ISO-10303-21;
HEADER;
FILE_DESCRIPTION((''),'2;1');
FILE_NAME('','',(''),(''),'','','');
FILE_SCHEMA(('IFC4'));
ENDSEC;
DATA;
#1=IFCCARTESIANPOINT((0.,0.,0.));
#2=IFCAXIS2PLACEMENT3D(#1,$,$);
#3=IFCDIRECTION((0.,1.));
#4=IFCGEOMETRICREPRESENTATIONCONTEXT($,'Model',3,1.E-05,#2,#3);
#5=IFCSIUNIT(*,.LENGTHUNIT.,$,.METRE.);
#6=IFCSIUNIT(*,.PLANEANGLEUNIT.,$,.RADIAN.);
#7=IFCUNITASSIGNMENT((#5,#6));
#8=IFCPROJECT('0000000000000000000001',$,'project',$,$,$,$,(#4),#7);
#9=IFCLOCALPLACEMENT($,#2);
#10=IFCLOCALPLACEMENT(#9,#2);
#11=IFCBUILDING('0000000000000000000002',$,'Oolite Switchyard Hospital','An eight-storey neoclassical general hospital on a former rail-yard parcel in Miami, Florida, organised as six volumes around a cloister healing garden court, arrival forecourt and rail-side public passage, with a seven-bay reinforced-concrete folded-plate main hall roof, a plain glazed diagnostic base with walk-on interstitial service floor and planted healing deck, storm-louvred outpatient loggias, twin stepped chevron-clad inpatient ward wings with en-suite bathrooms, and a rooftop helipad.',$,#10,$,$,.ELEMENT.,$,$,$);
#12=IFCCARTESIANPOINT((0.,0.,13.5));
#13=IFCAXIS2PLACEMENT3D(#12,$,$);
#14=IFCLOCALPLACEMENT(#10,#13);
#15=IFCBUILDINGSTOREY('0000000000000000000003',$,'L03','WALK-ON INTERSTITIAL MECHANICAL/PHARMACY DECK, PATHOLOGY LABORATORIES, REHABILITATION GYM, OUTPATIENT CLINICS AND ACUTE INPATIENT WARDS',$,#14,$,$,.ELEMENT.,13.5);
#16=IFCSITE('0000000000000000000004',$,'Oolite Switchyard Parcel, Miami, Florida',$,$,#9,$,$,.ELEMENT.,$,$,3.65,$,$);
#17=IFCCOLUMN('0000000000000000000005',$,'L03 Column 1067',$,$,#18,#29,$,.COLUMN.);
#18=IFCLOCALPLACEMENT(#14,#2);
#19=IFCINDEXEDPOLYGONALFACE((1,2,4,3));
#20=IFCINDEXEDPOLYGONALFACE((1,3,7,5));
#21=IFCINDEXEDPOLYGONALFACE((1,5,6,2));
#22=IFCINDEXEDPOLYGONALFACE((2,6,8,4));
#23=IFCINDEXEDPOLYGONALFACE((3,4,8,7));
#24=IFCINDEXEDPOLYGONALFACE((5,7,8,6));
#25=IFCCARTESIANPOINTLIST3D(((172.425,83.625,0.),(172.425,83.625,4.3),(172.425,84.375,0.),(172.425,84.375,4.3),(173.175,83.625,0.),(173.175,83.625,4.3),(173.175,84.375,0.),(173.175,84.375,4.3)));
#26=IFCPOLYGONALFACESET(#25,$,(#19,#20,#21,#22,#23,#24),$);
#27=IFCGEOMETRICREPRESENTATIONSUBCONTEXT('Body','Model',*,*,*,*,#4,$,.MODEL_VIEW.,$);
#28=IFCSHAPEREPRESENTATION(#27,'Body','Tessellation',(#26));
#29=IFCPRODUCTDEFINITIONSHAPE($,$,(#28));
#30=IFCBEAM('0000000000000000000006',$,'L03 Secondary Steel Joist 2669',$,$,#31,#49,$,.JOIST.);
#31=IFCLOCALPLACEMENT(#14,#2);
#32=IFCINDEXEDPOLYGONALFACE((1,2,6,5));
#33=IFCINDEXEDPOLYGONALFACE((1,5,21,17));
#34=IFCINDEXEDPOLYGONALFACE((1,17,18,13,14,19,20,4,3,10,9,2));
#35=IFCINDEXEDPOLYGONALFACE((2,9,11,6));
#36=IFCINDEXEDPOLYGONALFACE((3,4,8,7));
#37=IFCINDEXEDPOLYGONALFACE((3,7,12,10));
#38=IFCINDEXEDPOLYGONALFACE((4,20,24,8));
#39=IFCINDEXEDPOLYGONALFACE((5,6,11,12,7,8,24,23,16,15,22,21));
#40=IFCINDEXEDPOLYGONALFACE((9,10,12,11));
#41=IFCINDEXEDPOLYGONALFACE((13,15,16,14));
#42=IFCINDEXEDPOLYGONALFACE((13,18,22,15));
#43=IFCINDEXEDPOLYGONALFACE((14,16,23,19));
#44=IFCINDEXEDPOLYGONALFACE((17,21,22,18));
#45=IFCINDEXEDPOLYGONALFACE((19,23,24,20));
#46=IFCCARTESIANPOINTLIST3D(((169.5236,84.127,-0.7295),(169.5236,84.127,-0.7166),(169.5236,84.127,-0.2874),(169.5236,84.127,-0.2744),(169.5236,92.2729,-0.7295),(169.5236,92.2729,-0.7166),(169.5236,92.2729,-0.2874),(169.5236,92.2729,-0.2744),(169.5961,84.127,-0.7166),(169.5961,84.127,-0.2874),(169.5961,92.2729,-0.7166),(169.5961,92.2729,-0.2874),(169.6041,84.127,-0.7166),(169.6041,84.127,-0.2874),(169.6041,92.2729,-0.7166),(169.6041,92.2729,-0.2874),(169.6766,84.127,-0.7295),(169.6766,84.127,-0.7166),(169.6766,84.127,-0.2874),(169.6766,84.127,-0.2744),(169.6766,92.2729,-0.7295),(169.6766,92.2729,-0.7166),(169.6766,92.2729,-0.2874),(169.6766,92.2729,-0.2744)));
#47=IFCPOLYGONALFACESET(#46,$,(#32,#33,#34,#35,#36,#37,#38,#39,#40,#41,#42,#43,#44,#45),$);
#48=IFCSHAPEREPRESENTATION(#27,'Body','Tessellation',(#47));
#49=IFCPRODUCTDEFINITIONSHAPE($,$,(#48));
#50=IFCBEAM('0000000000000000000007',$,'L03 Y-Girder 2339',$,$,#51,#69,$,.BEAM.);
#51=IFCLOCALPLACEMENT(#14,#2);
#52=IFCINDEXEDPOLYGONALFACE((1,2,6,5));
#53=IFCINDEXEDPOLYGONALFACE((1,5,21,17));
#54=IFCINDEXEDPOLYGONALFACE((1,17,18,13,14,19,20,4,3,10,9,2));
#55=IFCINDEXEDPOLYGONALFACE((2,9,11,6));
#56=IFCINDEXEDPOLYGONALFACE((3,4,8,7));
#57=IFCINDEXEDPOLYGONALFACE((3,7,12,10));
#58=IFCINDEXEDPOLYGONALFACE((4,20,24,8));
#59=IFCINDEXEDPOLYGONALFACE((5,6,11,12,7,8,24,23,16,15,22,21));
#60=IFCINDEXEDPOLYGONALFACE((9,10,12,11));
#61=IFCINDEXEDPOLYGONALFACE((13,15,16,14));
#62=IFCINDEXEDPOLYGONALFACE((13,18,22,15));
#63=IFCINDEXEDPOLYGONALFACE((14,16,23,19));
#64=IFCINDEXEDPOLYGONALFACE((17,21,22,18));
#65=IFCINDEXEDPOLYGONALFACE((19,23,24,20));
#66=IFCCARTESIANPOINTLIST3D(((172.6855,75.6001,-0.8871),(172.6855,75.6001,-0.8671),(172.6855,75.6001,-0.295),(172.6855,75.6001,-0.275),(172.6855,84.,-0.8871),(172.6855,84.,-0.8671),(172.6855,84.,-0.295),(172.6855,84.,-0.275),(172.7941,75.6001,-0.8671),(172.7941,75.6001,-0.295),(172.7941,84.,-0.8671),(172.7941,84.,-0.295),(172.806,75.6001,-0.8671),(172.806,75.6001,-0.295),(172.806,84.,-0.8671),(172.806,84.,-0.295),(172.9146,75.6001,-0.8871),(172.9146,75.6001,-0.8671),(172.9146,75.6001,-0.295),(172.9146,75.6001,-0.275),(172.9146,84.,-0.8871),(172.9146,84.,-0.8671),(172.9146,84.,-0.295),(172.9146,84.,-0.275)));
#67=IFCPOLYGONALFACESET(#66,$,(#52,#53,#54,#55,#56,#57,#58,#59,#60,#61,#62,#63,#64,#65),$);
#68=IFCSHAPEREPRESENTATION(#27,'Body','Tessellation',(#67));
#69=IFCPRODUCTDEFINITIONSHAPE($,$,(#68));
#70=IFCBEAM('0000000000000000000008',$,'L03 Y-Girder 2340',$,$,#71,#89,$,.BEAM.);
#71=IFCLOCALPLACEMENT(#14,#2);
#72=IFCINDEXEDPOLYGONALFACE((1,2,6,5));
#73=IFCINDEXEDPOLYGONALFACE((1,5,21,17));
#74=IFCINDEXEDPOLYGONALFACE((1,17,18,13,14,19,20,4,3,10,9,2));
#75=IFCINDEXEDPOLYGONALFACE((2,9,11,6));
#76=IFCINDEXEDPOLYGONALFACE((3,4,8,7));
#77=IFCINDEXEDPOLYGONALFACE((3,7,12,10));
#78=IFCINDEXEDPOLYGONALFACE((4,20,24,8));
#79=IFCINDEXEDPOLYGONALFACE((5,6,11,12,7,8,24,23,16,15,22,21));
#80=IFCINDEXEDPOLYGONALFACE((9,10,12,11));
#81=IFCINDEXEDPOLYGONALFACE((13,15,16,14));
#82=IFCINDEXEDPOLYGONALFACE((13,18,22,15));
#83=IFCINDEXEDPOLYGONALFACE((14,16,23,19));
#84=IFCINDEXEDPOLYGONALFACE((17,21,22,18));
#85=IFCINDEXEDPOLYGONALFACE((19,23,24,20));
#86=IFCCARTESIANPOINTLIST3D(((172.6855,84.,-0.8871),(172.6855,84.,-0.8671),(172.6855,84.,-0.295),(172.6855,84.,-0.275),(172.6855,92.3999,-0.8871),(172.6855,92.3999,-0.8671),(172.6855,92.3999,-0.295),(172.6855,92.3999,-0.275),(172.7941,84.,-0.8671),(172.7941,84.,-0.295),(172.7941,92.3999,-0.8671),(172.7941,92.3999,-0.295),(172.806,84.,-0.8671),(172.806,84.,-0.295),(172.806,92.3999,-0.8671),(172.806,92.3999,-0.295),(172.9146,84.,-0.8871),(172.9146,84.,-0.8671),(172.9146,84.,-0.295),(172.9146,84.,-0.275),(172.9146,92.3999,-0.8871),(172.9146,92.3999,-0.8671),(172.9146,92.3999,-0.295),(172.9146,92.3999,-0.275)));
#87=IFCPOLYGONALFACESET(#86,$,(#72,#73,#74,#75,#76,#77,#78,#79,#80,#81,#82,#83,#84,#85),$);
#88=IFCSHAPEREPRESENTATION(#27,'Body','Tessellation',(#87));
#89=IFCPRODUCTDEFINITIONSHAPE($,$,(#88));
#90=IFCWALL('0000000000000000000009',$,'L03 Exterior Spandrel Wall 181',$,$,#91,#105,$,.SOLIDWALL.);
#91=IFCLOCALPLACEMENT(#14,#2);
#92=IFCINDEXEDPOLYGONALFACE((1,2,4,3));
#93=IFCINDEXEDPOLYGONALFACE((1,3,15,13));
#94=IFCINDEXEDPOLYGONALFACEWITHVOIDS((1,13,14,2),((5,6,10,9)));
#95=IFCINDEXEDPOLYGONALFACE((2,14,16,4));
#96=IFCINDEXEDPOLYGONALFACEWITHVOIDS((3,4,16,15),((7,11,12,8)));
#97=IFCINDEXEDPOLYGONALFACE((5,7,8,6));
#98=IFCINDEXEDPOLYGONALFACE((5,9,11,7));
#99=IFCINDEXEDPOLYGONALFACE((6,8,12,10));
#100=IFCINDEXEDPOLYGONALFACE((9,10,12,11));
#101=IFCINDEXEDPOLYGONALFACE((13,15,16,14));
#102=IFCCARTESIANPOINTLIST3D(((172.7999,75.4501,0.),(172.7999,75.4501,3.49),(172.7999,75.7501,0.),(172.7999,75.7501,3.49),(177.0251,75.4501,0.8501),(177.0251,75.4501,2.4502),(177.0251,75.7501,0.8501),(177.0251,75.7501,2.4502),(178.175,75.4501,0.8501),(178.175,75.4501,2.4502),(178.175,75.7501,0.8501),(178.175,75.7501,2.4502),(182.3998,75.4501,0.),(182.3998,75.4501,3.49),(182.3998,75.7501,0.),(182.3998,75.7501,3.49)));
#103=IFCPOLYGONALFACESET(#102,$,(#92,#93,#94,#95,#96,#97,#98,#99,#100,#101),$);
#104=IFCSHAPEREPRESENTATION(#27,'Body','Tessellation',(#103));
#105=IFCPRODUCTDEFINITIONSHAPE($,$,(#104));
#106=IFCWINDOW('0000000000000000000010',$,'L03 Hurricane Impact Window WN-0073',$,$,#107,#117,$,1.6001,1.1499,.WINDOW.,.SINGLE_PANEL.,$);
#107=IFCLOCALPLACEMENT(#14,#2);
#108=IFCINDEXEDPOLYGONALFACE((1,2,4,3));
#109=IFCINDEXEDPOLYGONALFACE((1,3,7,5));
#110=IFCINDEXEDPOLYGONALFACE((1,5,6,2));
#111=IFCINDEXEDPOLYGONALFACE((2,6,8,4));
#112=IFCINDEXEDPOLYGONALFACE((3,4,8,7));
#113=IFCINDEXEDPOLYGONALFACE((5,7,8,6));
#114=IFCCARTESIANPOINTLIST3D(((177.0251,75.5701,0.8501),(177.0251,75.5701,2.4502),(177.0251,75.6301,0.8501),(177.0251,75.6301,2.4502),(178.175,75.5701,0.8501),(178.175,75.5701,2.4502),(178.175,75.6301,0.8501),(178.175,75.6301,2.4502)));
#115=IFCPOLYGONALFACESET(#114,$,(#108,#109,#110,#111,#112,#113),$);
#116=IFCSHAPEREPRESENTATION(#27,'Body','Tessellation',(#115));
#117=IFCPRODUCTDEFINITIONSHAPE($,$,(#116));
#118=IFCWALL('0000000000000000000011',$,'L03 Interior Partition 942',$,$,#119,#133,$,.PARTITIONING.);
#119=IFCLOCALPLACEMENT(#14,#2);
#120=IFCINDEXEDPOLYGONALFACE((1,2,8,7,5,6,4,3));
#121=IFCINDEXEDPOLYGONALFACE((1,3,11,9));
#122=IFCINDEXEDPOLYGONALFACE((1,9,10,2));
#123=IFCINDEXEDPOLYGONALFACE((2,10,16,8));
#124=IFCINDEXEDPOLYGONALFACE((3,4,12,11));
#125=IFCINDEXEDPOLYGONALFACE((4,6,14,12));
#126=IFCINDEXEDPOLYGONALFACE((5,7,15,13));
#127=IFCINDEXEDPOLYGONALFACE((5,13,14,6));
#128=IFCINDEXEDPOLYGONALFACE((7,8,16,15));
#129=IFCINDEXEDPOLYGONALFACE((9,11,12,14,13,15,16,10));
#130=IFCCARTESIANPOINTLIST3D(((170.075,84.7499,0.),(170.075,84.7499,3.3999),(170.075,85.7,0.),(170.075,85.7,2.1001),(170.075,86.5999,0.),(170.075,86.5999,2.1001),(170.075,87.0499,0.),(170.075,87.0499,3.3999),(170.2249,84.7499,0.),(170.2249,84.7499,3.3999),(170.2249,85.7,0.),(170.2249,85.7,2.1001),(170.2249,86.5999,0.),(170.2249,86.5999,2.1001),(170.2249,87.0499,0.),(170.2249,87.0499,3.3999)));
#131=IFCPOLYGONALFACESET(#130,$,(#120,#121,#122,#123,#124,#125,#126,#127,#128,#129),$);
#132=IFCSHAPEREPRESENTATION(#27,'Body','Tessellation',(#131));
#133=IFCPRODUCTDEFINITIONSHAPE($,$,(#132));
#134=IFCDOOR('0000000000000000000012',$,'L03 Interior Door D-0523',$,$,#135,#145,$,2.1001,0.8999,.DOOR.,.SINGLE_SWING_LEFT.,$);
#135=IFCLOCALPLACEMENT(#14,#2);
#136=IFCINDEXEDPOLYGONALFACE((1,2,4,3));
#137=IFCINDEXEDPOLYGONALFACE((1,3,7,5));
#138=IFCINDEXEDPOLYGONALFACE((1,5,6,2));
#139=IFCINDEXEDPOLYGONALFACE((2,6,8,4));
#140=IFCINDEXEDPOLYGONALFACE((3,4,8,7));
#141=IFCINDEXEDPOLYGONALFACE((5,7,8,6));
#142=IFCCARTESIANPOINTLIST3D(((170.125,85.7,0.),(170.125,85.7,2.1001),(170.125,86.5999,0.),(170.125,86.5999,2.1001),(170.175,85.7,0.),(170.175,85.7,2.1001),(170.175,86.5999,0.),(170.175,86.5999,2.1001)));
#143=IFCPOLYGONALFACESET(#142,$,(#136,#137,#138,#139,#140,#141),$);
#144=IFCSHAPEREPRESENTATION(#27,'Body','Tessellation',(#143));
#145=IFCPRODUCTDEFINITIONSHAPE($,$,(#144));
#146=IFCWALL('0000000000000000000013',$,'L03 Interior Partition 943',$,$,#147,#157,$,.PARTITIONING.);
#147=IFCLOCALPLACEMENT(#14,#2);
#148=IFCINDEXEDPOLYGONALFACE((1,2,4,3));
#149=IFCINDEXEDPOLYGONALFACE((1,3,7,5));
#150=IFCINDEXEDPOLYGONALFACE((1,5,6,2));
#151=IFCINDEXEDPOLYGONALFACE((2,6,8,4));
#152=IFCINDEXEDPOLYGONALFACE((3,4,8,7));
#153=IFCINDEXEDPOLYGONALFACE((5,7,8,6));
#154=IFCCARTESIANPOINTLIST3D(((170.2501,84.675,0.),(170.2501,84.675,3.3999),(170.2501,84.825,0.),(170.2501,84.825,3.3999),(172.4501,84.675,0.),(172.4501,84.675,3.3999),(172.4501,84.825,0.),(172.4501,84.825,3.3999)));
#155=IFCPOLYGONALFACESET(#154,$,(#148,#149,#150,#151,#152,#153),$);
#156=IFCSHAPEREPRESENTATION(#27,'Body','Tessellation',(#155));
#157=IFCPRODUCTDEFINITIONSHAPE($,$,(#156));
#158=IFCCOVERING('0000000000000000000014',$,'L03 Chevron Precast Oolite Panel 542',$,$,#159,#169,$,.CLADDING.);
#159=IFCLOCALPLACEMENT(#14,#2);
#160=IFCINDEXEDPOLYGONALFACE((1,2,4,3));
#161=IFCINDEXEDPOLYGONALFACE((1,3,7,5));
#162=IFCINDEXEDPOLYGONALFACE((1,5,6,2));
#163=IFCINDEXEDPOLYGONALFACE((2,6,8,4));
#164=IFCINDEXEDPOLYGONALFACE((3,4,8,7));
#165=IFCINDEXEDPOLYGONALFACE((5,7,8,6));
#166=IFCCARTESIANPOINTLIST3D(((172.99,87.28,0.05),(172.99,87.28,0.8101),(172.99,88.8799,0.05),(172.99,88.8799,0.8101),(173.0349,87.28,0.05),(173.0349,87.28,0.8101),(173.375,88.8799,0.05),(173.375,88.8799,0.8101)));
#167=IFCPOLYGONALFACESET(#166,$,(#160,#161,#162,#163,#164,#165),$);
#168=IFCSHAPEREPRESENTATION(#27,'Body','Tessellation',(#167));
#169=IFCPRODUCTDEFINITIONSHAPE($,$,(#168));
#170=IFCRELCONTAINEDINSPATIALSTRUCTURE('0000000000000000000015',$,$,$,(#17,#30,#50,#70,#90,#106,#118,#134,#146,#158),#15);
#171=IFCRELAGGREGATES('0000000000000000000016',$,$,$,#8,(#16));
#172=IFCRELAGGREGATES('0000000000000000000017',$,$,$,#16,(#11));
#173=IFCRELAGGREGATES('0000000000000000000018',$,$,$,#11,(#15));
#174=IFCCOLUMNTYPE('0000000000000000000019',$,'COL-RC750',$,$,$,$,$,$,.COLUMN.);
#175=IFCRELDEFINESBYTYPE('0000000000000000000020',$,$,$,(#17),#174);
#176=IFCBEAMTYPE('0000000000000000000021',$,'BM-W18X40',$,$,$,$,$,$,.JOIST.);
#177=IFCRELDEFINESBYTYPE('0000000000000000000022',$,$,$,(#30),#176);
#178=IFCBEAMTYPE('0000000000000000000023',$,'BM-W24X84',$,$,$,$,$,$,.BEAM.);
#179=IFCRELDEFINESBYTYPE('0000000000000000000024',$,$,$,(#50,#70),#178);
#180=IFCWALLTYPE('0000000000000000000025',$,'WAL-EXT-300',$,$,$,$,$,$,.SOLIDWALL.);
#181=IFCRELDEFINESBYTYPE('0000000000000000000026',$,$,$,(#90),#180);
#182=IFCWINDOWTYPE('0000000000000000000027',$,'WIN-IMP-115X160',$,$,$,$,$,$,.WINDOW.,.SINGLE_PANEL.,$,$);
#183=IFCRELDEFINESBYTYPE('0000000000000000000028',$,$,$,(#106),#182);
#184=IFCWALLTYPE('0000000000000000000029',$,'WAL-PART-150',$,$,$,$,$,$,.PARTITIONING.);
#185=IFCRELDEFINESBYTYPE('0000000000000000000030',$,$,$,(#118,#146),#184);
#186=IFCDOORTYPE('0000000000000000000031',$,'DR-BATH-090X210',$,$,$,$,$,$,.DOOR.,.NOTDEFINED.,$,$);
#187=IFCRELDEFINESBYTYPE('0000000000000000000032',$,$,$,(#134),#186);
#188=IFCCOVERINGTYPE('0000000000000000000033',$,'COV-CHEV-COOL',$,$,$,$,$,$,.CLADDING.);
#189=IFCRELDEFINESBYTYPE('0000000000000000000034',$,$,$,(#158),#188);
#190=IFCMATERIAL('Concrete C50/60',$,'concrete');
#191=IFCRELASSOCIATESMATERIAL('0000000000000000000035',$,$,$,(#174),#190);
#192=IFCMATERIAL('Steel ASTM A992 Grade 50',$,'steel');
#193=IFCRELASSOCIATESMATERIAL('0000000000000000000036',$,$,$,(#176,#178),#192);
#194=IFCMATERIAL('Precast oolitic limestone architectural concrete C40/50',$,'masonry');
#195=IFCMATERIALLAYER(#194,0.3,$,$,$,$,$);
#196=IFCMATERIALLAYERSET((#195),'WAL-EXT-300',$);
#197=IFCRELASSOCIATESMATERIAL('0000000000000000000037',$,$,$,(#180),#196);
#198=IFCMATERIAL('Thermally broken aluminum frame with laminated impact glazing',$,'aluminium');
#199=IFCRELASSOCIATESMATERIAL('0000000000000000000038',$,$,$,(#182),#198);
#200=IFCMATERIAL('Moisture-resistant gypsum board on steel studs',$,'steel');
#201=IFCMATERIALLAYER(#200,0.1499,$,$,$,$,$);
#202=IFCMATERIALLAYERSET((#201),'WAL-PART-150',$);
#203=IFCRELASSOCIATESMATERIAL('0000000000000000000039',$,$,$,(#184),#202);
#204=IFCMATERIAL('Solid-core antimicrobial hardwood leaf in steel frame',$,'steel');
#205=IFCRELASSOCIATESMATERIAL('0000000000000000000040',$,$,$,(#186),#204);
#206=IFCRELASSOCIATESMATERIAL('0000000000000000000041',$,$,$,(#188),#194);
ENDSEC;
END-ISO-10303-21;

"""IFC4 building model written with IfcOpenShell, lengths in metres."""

from ifc_helpers import new_model, si_unit, direction, frame, frame_2d, origin, origin_2d, place, context, subcontext, project, spatial, polyline, rectangle, i_section, outline, extrude, material, layer, layer_set, material_profile, profile_set, type_object, element, fill, save


model = new_model("IFC4")

# Units and contexts
model_context = context("Model", 3, precision=1e-05, world=origin(), true_north=direction((0.0, 1.0)))
body_context = subcontext(model_context, "Body", "Model", "MODEL_VIEW")
ifc_project = project(units=[si_unit("LENGTHUNIT", "METRE"), si_unit("PLANEANGLEUNIT", "RADIAN")], contexts=[model_context])

# Site, building, storey
site_placement = place(None, origin())
site = spatial("IfcSite", under=ifc_project, at=site_placement, Name="Oolite Switchyard Parcel, Miami, Florida", CompositionType="ELEMENT", RefElevation=3.65)
building_placement = place(site_placement, origin())
building = spatial("IfcBuilding", under=site, at=building_placement, Name="Oolite Switchyard Hospital", Description="An eight-storey neoclassical general hospital on a former rail-yard parcel in Miami, Florida, organised as six volumes around a cloister healing garden court, arrival forecourt and rail-side public passage, with a seven-bay reinforced-concrete folded-plate main hall roof, a plain glazed diagnostic base with walk-on interstitial service floor and planted healing deck, storm-louvred outpatient loggias, twin stepped chevron-clad inpatient ward wings with en-suite bathrooms, and a rooftop helipad.", CompositionType="ELEMENT")
storey_placement = place(building_placement, frame((0.0, 0.0, 13.5)))
storey = spatial("IfcBuildingStorey", under=building, at=storey_placement, Name="L03", Description="WALK-ON INTERSTITIAL MECHANICAL/PHARMACY DECK, PATHOLOGY LABORATORIES, REHABILITATION GYM, OUTPATIENT CLINICS AND ACUTE INPATIENT WARDS", CompositionType="ELEMENT", Elevation=13.5)

# Column
ifc_material_1 = material(Name="Concrete C50/60", Category="concrete")
ifc_material_profile_1 = material_profile(ifc_material_1, rectangle(XDim=0.75, YDim=0.75, at=origin_2d()), Name="RC750X750")
ifc_profile_set_1 = profile_set([ifc_material_profile_1], Name="Concrete C50/60")
column_type = type_object("IfcColumnType", Name="COL-RC750", PredefinedType="COLUMN", material=ifc_profile_set_1)
column_placement = place(storey_placement, frame((172.8, 84.0, 0.0), z_axis=(0.0, 0.0, 1.0), x_axis=(1.0, 0.0, 0.0)))
element("IfcColumn", 1, at=column_placement, inside=storey, type_object=column_type, Name="L03 Column 1067", PredefinedType="COLUMN", context=body_context, shape_type="SweptSolid", body=[
    extrude(rectangle(XDim=0.75, YDim=0.75, at=origin_2d()), origin(), (0.0, 0.0, 1.0), 4.3),
])

# Beams
ifc_material_2 = material(Name="Steel ASTM A992 Grade 50", Category="steel")
ifc_material_profile_2 = material_profile(ifc_material_2, i_section(OverallWidth=0.1531, OverallDepth=0.4551, WebThickness=0.0081, FlangeThickness=0.0129, at=origin_2d()), Name="W18X40")
ifc_profile_set_2 = profile_set([ifc_material_profile_2], Name="Steel ASTM A992 Grade 50")
beam_type_1 = type_object("IfcBeamType", Name="BM-W18X40", PredefinedType="JOIST", material=ifc_profile_set_2)
beam_placement = place(storey_placement, frame((169.6001, 84.127, -0.502), z_axis=(0.0, 1.0, 0.0), x_axis=(-1.0, 0.0, 0.0)))
element("IfcBeam", 2, at=beam_placement, inside=storey, type_object=beam_type_1, Name="L03 Secondary Steel Joist 2669", PredefinedType="JOIST", context=body_context, shape_type="SweptSolid", body=[
    extrude(i_section(OverallWidth=0.1531, OverallDepth=0.4551, WebThickness=0.0081, FlangeThickness=0.0129, at=origin_2d()), origin(), (0.0, 0.0, 1.0), 8.146),
])
ifc_material_profile_3 = material_profile(ifc_material_2, i_section(OverallWidth=0.229, OverallDepth=0.6121, WebThickness=0.012, FlangeThickness=0.02, at=origin_2d()), Name="W24X84")
ifc_profile_set_3 = profile_set([ifc_material_profile_3], Name="Steel ASTM A992 Grade 50")
beam_type_2 = type_object("IfcBeamType", Name="BM-W24X84", PredefinedType="BEAM", material=ifc_profile_set_3)
for number, where, z_axis, x_axis, name in (
    (3, (172.8, 75.6001, -0.5811), (0.0, 1.0, 0.0), (-1.0, 0.0, 0.0), "L03 Y-Girder 2339"),
    (4, (172.8, 84.0, -0.5811), (0.0, 1.0, 0.0), (-1.0, 0.0, 0.0), "L03 Y-Girder 2340"),
):
    element("IfcBeam", number, at=place(storey_placement, frame(where, z_axis=z_axis, x_axis=x_axis)), inside=storey, type_object=beam_type_2, Name=name, PredefinedType="BEAM", context=body_context, shape_type="SweptSolid", body=[
        extrude(i_section(OverallWidth=0.229, OverallDepth=0.6121, WebThickness=0.012, FlangeThickness=0.02, at=origin_2d()), origin(), (0.0, 0.0, 1.0), 8.3999),
    ])

# Wall, opening, window
ifc_material_3 = material(Name="Precast oolitic limestone architectural concrete C40/50", Category="masonry")
ifc_layer_1 = layer(ifc_material_3, 0.3)
ifc_layer_set_1 = layer_set([ifc_layer_1], Name="WAL-EXT-300")
wall_type_1 = type_object("IfcWallType", Name="WAL-EXT-300", PredefinedType="SOLIDWALL", material=ifc_layer_set_1)
wall_1_placement = place(storey_placement, frame((172.8, 75.6001, 0.0), z_axis=(0.0, 0.0, 1.0), x_axis=(1.0, 0.0, 0.0)))
wall_1 = element("IfcWall", 5, at=wall_1_placement, inside=storey, type_object=wall_type_1, Name="L03 Exterior Spandrel Wall 181", PredefinedType="SOLIDWALL", context=body_context, shape_type="SweptSolid", body=[
    extrude(rectangle(XDim=9.5999, YDim=0.3, at=frame_2d((4.7998, 0.0))), origin(), (0.0, 0.0, 1.0), 3.49),
])
opening_1_placement = place(wall_1_placement, frame((4.2251, 0.0, 0.8501)))
opening_1 = element("IfcOpeningElement", 6, at=opening_1_placement, cuts=wall_1, PredefinedType="OPENING", context=body_context, shape_type="SweptSolid", body=[
    extrude(rectangle(XDim=1.1499, YDim=1.6001, at=frame_2d((0.575, 0.8))), frame((0.0, 0.1602, 0.0), z_axis=(0.0, -1.0, 0.0), x_axis=(1.0, 0.0, 0.0)), (0.0, 0.0, 1.0), 0.3201),
])
ifc_material_4 = material(Name="Thermally broken aluminum frame with laminated impact glazing", Category="aluminium")
window_type = type_object("IfcWindowType", Name="WIN-IMP-115X160", PartitioningType="SINGLE_PANEL", PredefinedType="WINDOW", material=ifc_material_4)
window_placement = place(opening_1_placement, origin())
window = element("IfcWindow", 7, at=window_placement, inside=storey, type_object=window_type, Name="L03 Hurricane Impact Window WN-0073", OverallHeight=1.6001, OverallWidth=1.1499, PartitioningType="SINGLE_PANEL", PredefinedType="WINDOW", context=body_context, shape_type="SweptSolid", body=[
    extrude(rectangle(XDim=1.1499, YDim=1.6001, at=frame_2d((0.575, 0.8))), frame((0.0, 0.03, 0.0), z_axis=(0.0, -1.0, 0.0), x_axis=(1.0, 0.0, 0.0)), (0.0, 0.0, 1.0), 0.0601),
])
fill(opening_1, window)

# Wall, opening, door
ifc_material_5 = material(Name="Moisture-resistant gypsum board on steel studs", Category="steel")
ifc_layer_2 = layer(ifc_material_5, 0.1499)
ifc_layer_set_2 = layer_set([ifc_layer_2], Name="WAL-PART-150")
wall_type_2 = type_object("IfcWallType", Name="WAL-PART-150", PredefinedType="PARTITIONING", material=ifc_layer_set_2)
wall_2_placement = place(storey_placement, frame((170.1499, 84.75, 0.0), z_axis=(0.0, 0.0, 1.0), x_axis=(0.0, 1.0, 0.0)))
wall_2 = element("IfcWall", 8, at=wall_2_placement, inside=storey, type_object=wall_type_2, Name="L03 Interior Partition 942", PredefinedType="PARTITIONING", context=body_context, shape_type="SweptSolid", body=[
    extrude(rectangle(XDim=2.3, YDim=0.1499, at=frame_2d((1.1499, 0.0))), origin(), (0.0, 0.0, 1.0), 3.3999),
])
opening_2_placement = place(wall_2_placement, frame((0.95, 0.0, 0.0)))
opening_2 = element("IfcOpeningElement", 9, at=opening_2_placement, cuts=wall_2, PredefinedType="OPENING", context=body_context, shape_type="SweptSolid", body=[
    extrude(rectangle(XDim=0.8999, YDim=2.1001, at=frame_2d((0.45, 1.05))), frame((0.0, 0.085, 0.0), z_axis=(0.0, -1.0, 0.0), x_axis=(1.0, 0.0, 0.0)), (0.0, 0.0, 1.0), 0.1699),
])
ifc_material_6 = material(Name="Solid-core antimicrobial hardwood leaf in steel frame", Category="steel")
door_type = type_object("IfcDoorType", Name="DR-BATH-090X210", OperationType="NOTDEFINED", PredefinedType="DOOR", material=ifc_material_6)
door_placement = place(opening_2_placement, origin())
door = element("IfcDoor", 10, at=door_placement, inside=storey, type_object=door_type, Name="L03 Interior Door D-0523", OperationType="SINGLE_SWING_LEFT", OverallHeight=2.1001, OverallWidth=0.8999, PredefinedType="DOOR", context=body_context, shape_type="SweptSolid", body=[
    extrude(rectangle(XDim=0.8999, YDim=2.1001, at=frame_2d((0.45, 1.05))), frame((0.0, 0.0249, 0.0), z_axis=(0.0, -1.0, 0.0), x_axis=(1.0, 0.0, 0.0)), (0.0, 0.0, 1.0), 0.05),
])
fill(opening_2, door)

# Wall
wall_3_placement = place(storey_placement, frame((170.25, 84.75, 0.0), z_axis=(0.0, 0.0, 1.0), x_axis=(1.0, 0.0, 0.0)))
element("IfcWall", 11, at=wall_3_placement, inside=storey, type_object=wall_type_2, Name="L03 Interior Partition 943", PredefinedType="PARTITIONING", context=body_context, shape_type="SweptSolid", body=[
    extrude(rectangle(XDim=2.2, YDim=0.1499, at=frame_2d((1.1001, 0.0))), origin(), (0.0, 0.0, 1.0), 3.3999),
])

# Covering
covering_type = type_object("IfcCoveringType", Name="COV-CHEV-COOL", PredefinedType="CLADDING", material=ifc_material_3)
covering_1_placement = place(storey_placement, frame((172.99, 88.8799, 0.05), z_axis=(0.0, 0.0, 1.0), x_axis=(0.0, -1.0, 0.0)))
element("IfcCovering", 12, at=covering_1_placement, inside=storey, type_object=covering_type, Name="L03 Chevron Precast Oolite Panel 542", PredefinedType="CLADDING", context=body_context, shape_type="SweptSolid", body=[
    extrude(outline(polyline([(0.0, 0.0), (1.5999, 0.0), (1.5999, 0.0449), (0.0, 0.385), (0.0, 0.0)])), origin(), (0.0, 0.0, 1.0), 0.76),
])

save(model, "model.ifc")
